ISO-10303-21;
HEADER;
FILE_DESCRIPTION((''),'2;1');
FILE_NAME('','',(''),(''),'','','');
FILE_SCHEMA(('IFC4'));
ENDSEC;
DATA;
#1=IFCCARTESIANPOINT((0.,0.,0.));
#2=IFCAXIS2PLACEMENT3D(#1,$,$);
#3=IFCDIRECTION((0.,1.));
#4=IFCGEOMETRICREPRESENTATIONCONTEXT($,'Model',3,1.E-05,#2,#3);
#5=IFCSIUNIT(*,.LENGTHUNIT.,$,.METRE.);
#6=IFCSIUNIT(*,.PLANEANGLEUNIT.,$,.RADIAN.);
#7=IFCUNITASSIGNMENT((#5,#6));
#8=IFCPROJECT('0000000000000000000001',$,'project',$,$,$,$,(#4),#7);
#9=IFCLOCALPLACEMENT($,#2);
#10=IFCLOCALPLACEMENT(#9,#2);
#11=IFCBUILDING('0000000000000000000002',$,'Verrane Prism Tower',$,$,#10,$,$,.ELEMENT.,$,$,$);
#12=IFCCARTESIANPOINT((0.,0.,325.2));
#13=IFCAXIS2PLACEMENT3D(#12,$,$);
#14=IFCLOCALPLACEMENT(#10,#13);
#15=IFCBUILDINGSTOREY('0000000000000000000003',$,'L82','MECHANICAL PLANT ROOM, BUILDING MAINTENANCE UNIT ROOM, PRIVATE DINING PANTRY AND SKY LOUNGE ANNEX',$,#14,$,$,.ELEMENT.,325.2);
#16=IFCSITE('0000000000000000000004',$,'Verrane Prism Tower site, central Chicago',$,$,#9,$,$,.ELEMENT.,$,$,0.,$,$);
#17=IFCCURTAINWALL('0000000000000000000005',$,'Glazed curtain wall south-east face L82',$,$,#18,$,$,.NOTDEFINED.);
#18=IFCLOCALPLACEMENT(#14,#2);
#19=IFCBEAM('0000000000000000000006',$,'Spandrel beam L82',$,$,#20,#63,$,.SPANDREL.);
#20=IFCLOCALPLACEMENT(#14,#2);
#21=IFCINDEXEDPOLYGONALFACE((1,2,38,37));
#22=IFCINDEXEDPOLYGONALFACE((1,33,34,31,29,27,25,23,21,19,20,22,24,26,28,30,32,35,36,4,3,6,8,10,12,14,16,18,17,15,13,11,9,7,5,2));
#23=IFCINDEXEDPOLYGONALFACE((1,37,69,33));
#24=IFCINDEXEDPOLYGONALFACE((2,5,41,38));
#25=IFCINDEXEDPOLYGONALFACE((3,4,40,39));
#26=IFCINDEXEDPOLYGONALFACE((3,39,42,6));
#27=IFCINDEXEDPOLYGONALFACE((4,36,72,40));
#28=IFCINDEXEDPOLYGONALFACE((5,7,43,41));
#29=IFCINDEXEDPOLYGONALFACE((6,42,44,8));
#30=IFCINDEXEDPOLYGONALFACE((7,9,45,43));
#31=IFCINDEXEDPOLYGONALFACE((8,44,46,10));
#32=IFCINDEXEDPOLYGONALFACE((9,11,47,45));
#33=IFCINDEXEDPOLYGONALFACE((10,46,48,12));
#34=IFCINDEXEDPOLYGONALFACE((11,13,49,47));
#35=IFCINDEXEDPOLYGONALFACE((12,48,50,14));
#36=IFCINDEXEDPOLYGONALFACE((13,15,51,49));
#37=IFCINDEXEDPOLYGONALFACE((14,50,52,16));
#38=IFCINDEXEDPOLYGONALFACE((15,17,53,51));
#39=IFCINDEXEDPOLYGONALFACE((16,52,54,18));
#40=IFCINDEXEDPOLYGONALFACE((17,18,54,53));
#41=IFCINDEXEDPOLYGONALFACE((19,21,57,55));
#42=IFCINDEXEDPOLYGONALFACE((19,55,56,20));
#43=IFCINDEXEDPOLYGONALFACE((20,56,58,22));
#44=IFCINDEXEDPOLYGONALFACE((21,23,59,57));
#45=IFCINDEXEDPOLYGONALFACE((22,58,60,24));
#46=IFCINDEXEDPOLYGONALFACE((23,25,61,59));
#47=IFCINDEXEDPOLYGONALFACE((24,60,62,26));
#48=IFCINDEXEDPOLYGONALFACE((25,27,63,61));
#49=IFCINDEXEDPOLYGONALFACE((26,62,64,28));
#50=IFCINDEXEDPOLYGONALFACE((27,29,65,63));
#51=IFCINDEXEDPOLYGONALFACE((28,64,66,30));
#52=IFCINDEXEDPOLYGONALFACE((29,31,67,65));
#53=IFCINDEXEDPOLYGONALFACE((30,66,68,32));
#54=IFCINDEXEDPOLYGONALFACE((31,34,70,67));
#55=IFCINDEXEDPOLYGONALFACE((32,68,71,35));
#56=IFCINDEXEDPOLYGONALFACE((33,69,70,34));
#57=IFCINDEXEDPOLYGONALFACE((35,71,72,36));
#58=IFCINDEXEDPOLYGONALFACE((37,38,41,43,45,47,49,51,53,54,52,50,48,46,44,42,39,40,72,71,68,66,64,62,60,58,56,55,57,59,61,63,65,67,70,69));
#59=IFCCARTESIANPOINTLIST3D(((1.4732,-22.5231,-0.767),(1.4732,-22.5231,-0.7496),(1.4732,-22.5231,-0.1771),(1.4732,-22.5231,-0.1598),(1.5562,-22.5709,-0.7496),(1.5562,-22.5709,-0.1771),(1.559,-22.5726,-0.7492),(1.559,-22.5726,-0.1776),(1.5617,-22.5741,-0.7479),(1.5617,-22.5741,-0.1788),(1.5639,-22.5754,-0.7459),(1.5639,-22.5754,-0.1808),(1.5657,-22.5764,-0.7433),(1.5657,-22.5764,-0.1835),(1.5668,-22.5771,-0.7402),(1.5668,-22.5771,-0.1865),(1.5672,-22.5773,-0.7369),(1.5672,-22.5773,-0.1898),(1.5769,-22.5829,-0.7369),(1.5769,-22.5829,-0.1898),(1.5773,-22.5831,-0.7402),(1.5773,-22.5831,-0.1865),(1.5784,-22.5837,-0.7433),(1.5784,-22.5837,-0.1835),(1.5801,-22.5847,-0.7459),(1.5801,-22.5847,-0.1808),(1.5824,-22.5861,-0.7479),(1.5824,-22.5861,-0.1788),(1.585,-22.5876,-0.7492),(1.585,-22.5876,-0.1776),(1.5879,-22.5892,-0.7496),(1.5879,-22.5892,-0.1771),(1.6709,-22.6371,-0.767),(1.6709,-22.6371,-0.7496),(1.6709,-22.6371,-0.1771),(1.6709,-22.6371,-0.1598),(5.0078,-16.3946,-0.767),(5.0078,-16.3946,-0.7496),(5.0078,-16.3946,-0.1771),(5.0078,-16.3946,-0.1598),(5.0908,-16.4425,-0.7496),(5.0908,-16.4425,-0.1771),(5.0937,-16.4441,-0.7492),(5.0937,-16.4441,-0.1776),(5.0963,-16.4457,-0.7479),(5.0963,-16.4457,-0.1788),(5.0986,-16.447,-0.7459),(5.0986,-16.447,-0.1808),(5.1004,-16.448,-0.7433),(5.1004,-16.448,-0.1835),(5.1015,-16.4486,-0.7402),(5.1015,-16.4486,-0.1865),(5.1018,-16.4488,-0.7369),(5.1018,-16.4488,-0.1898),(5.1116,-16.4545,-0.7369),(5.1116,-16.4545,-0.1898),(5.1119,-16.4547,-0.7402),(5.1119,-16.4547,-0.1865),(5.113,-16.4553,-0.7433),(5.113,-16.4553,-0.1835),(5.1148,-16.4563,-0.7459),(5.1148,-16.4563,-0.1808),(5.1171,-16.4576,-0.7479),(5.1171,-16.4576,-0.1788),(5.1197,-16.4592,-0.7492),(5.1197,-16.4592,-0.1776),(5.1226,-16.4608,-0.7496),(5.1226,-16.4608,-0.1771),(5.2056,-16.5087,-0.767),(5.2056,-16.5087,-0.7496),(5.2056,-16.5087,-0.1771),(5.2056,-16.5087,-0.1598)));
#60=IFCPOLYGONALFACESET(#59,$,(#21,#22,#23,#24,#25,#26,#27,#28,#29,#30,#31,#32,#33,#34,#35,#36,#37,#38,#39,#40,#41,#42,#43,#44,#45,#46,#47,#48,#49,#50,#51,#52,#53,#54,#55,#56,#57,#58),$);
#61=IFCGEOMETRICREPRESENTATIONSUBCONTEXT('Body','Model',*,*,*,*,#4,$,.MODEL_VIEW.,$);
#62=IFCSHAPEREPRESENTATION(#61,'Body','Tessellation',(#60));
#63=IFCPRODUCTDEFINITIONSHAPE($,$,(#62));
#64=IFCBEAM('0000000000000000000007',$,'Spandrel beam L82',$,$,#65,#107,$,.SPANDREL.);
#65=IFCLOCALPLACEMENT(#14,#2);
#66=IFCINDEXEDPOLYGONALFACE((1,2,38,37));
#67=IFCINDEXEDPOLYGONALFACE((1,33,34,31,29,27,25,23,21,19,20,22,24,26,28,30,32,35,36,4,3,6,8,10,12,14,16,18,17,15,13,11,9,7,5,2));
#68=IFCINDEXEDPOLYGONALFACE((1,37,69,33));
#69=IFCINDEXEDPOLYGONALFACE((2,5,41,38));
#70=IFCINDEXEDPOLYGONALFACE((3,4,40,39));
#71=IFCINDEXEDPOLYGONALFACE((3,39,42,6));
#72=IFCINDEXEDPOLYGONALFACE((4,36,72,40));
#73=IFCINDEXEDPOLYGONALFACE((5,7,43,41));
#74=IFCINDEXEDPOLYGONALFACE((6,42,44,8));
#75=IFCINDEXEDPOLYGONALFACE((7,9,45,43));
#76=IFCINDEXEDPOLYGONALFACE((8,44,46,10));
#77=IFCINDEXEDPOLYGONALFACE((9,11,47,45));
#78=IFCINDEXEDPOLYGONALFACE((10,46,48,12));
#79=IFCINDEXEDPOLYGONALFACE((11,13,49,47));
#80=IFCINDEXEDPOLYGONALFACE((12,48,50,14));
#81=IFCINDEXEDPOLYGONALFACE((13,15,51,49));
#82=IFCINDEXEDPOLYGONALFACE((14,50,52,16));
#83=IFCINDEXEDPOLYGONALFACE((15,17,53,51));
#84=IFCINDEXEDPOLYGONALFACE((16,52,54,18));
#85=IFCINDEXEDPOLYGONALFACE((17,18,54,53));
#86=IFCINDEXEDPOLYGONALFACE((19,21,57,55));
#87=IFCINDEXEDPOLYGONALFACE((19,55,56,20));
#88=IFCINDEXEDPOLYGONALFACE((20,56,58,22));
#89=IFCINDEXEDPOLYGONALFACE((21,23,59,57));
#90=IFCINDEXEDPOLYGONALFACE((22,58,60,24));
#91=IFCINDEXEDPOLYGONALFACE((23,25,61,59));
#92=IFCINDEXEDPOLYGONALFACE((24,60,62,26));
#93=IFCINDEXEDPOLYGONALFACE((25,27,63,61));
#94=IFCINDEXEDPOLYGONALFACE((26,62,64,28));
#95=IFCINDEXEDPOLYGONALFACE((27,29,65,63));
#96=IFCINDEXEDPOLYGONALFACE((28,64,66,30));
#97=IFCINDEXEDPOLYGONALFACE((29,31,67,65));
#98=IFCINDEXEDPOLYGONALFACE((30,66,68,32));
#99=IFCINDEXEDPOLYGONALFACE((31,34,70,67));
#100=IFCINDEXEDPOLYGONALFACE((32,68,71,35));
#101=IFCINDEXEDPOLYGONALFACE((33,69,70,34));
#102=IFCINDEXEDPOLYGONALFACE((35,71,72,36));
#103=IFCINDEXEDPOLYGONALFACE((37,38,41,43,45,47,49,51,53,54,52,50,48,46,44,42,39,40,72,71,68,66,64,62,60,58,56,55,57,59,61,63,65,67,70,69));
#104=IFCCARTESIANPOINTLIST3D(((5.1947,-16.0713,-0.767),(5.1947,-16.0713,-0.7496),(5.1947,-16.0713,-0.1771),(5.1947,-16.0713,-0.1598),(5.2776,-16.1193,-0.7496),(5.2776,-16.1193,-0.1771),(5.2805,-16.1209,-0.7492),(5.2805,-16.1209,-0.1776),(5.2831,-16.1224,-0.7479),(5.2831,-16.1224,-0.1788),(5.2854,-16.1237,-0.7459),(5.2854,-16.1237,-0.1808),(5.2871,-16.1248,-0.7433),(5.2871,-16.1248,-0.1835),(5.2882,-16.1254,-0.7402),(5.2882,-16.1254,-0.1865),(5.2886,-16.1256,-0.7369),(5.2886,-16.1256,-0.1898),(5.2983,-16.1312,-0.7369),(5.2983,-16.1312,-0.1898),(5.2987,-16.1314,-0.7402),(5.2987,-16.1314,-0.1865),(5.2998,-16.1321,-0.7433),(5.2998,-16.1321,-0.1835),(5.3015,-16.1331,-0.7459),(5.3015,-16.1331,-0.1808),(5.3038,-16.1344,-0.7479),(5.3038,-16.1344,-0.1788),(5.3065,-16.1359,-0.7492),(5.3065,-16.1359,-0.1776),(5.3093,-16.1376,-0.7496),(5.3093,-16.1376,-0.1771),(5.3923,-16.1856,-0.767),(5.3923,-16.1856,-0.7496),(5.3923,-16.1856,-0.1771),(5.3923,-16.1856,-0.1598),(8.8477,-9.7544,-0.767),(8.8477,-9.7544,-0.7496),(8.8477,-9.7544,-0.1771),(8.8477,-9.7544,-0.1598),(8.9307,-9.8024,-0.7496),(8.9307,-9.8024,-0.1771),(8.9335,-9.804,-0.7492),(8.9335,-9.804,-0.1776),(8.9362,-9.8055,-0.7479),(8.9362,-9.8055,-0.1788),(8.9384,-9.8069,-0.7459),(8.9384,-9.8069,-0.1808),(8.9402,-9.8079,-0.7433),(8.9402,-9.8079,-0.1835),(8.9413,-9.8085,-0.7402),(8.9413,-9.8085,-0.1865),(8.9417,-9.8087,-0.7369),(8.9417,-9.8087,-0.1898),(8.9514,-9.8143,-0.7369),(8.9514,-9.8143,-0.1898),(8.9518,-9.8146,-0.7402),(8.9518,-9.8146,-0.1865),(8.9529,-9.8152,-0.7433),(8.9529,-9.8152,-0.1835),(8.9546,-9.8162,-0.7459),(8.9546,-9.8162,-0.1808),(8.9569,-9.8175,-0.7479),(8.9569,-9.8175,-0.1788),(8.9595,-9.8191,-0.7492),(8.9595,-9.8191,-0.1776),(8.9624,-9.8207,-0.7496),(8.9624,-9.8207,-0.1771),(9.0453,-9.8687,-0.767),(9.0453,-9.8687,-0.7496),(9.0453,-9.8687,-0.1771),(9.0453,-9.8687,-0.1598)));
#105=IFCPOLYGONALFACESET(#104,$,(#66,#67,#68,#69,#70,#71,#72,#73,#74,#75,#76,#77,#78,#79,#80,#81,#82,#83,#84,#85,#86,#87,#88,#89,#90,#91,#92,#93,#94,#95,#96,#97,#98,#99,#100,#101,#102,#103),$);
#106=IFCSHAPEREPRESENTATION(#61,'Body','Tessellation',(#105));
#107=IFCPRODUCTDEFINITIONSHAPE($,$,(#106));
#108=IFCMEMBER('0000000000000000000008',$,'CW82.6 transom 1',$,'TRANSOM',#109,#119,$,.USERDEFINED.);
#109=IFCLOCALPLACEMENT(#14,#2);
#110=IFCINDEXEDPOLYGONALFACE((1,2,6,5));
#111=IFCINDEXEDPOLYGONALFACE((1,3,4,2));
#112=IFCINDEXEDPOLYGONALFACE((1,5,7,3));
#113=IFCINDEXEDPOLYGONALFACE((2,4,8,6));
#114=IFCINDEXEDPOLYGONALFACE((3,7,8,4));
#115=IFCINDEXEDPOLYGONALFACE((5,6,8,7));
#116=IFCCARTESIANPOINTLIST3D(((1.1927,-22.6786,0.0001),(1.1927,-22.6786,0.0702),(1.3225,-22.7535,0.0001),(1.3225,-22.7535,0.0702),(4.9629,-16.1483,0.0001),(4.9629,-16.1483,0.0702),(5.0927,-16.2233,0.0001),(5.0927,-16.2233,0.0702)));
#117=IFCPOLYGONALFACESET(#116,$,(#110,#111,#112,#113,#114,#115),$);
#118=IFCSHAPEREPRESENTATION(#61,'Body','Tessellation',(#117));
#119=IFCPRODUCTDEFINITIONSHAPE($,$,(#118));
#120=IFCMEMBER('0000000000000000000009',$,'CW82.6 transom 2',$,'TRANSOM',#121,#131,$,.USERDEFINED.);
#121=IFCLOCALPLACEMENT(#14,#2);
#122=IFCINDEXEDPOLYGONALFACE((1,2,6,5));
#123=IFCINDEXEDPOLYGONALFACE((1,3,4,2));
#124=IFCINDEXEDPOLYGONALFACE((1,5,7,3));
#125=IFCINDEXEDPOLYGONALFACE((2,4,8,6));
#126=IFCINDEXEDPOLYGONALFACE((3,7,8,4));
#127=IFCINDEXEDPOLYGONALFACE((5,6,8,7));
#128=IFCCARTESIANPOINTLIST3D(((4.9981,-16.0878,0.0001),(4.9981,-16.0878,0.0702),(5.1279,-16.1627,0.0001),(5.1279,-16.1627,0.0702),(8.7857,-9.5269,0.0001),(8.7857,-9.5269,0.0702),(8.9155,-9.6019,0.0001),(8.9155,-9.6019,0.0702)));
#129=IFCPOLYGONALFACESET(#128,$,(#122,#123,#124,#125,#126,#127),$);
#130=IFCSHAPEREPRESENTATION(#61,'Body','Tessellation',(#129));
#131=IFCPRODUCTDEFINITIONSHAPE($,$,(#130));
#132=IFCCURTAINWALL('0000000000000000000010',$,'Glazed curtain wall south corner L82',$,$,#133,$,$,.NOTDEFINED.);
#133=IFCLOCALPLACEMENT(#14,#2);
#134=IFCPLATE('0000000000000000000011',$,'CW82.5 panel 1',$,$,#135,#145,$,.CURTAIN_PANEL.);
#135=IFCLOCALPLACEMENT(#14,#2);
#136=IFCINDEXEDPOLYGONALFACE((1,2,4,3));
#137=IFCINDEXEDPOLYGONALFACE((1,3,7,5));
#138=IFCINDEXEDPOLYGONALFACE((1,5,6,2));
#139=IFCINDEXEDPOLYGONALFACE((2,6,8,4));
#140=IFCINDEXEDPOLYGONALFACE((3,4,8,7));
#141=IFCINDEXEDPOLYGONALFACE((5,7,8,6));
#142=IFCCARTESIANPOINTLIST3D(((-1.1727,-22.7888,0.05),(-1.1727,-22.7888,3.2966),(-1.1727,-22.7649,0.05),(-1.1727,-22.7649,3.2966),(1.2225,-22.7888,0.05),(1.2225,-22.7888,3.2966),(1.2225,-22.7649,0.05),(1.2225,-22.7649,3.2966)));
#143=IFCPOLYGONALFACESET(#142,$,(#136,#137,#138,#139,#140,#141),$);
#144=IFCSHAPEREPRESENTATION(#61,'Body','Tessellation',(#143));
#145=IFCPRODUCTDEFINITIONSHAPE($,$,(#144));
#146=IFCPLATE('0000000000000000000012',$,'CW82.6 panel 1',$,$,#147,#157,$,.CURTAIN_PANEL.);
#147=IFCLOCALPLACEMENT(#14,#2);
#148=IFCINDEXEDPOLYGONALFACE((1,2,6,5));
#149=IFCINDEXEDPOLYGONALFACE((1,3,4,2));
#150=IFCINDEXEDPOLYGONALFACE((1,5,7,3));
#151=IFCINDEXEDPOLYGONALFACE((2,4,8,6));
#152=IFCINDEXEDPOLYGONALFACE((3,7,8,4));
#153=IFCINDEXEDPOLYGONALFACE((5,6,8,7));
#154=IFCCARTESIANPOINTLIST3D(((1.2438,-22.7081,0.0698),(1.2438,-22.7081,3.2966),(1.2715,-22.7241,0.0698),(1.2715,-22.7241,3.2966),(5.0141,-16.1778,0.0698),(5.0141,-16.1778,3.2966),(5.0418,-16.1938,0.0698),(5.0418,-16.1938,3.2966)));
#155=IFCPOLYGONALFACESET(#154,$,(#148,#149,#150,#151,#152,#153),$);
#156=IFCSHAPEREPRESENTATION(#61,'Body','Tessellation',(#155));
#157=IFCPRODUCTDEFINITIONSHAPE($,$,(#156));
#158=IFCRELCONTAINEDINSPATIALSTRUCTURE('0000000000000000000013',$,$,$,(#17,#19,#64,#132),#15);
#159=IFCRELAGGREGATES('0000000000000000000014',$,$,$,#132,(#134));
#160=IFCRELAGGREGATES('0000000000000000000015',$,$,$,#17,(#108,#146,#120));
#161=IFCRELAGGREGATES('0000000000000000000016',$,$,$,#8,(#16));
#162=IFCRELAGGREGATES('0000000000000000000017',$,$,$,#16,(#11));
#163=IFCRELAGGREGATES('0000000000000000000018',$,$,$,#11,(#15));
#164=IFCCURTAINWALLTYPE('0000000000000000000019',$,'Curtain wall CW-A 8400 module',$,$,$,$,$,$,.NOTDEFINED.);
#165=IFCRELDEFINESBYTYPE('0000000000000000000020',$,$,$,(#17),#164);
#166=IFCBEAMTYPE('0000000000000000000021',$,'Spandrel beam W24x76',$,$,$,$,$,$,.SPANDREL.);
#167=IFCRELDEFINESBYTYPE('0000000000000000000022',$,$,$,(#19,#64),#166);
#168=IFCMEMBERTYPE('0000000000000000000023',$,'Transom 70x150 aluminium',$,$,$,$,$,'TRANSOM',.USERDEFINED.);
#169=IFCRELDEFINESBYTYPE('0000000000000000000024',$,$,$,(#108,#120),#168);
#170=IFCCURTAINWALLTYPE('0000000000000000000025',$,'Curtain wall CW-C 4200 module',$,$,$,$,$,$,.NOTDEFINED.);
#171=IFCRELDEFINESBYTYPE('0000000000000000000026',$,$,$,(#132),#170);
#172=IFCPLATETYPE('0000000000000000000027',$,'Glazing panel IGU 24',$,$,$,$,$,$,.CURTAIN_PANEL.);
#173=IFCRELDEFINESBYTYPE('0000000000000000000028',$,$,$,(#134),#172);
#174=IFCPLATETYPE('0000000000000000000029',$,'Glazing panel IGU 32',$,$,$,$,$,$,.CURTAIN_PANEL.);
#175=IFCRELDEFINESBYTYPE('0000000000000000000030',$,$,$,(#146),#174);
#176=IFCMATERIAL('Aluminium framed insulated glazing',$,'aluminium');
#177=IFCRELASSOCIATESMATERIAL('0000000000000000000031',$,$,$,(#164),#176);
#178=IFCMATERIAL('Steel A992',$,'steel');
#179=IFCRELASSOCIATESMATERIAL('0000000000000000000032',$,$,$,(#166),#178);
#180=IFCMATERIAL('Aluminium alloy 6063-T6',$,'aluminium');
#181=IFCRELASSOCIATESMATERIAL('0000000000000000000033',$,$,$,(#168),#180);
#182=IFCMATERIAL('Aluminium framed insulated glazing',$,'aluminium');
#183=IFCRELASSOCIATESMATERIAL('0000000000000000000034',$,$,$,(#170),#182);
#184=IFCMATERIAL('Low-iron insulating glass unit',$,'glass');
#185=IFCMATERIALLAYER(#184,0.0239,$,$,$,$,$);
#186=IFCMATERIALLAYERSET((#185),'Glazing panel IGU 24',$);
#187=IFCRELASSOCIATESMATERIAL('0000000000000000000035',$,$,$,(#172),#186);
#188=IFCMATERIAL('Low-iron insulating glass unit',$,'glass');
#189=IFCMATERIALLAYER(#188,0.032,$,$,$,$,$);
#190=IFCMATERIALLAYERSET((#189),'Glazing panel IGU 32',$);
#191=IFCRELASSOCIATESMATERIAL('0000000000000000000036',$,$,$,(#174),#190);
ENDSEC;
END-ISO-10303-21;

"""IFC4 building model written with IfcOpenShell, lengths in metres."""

from ifc_helpers import new_model, si_unit, direction, frame, origin, origin_2d, place, context, subcontext, project, spatial, rectangle, i_section, extrude, material, layer, layer_set, material_profile, profile_set, type_object, element, aggregate, save


model = new_model("IFC4")

# Units and contexts
model_context = context("Model", 3, precision=1e-05, world=origin(), true_north=direction((0.0, 1.0)))
body_context = subcontext(model_context, "Body", "Model", "MODEL_VIEW")
ifc_project = project(units=[si_unit("LENGTHUNIT", "METRE"), si_unit("PLANEANGLEUNIT", "RADIAN")], contexts=[model_context])

# Site, building, storey
site_placement = place(None, origin())
site = spatial("IfcSite", under=ifc_project, at=site_placement, Name="Verrane Prism Tower site, central Chicago", CompositionType="ELEMENT", RefElevation=0.0)
building_placement = place(site_placement, origin())
building = spatial("IfcBuilding", under=site, at=building_placement, Name="Verrane Prism Tower", CompositionType="ELEMENT")
storey_placement = place(building_placement, frame((0.0, 0.0, 325.2)))
storey = spatial("IfcBuildingStorey", under=building, at=storey_placement, Name="L82", Description="MECHANICAL PLANT ROOM, BUILDING MAINTENANCE UNIT ROOM, PRIVATE DINING PANTRY AND SKY LOUNGE ANNEX", CompositionType="ELEMENT", Elevation=325.2)

# Curtain wall
ifc_material_1 = material(Name="Aluminium framed insulated glazing", Category="aluminium")
curtain_wall_type_1 = type_object("IfcCurtainWallType", Name="Curtain wall CW-A 8400 module", PredefinedType="NOTDEFINED", material=ifc_material_1)
curtain_wall_1_placement = place(storey_placement, origin())
curtain_wall_1 = element("IfcCurtainWall", 1, at=curtain_wall_1_placement, inside=storey, type_object=curtain_wall_type_1, Name="Glazed curtain wall south-east face L82", PredefinedType="NOTDEFINED")

# Beams
ifc_material_2 = material(Name="Steel A992", Category="steel")
ifc_material_profile_1 = material_profile(ifc_material_2, i_section(OverallWidth=0.2283, OverallDepth=0.6072, WebThickness=0.0112, FlangeThickness=0.0173, FilletRadius=0.0127, at=origin_2d()), Name="W24x76")
ifc_profile_set_1 = profile_set([ifc_material_profile_1], Name="Steel A992")
beam_type_1 = type_object("IfcBeamType", Name="Spandrel beam W24x76", PredefinedType="SPANDREL", material=ifc_profile_set_1)
beam_1_placement = place(storey_placement, frame((1.572, -22.5801, -0.4634), z_axis=(0.499621, 0.866244, 0.0), x_axis=(-0.866244, 0.499621, 0.0)))
element("IfcBeam", 2, at=beam_1_placement, inside=storey, type_object=beam_type_1, Name="Spandrel beam L82", PredefinedType="SPANDREL", context=body_context, shape_type="SweptSolid", body=[
    extrude(i_section(OverallWidth=0.2283, OverallDepth=0.6072, WebThickness=0.0112, FlangeThickness=0.0173, FilletRadius=0.0127, at=origin_2d()), origin(), (0.0, 0.0, 1.0), 7.0747),
])
beam_2_placement = place(storey_placement, frame((5.2935, -16.1284, -0.4634), z_axis=(0.500618, 0.865668, 0.0), x_axis=(-0.865668, 0.500618, 0.0)))
element("IfcBeam", 3, at=beam_2_placement, inside=storey, type_object=beam_type_1, Name="Spandrel beam L82", PredefinedType="SPANDREL", context=body_context, shape_type="SweptSolid", body=[
    extrude(i_section(OverallWidth=0.2283, OverallDepth=0.6072, WebThickness=0.0112, FlangeThickness=0.0173, FilletRadius=0.0127, at=origin_2d()), origin(), (0.0, 0.0, 1.0), 7.2971),
])

# Members
ifc_material_3 = material(Name="Aluminium alloy 6063-T6", Category="aluminium")
ifc_material_profile_2 = material_profile(ifc_material_3, rectangle(XDim=0.1499, YDim=0.0701, at=origin_2d()), Name="Transom 70x150 aluminium")
ifc_profile_set_2 = profile_set([ifc_material_profile_2], Name="Aluminium alloy 6063-T6")
member_type_1 = type_object("IfcMemberType", Name="Transom 70x150 aluminium", ElementType="TRANSOM", PredefinedType="USERDEFINED", material=ifc_profile_set_2)
member_1_placement = place(storey_placement, frame((1.2576, -22.7161, 0.0352), z_axis=(0.500001, 0.866025, 0.0), x_axis=(-0.866025, 0.500001, 0.0)))
member_1 = element("IfcMember", 4, at=member_1_placement, type_object=member_type_1, Name="CW82.6 transom 1", ObjectType="TRANSOM", PredefinedType="USERDEFINED", context=body_context, shape_type="SweptSolid", body=[
    extrude(rectangle(XDim=0.1499, YDim=0.0701, at=origin_2d()), origin(), (0.0, 0.0, 1.0), 7.5405),
])
member_2_placement = place(storey_placement, frame((5.063, -16.1252, 0.0352), z_axis=(0.499973, 0.866041, 0.0), x_axis=(-0.866041, 0.499973, 0.0)))
member_2 = element("IfcMember", 5, at=member_2_placement, type_object=member_type_1, Name="CW82.6 transom 2", ObjectType="TRANSOM", PredefinedType="USERDEFINED", context=body_context, shape_type="SweptSolid", body=[
    extrude(rectangle(XDim=0.1499, YDim=0.0701, at=origin_2d()), origin(), (0.0, 0.0, 1.0), 7.5757),
])

# Curtain wall, plate
ifc_material_4 = material(Name="Aluminium framed insulated glazing", Category="aluminium")
curtain_wall_type_2 = type_object("IfcCurtainWallType", Name="Curtain wall CW-C 4200 module", PredefinedType="NOTDEFINED", material=ifc_material_4)
curtain_wall_2_placement = place(storey_placement, origin())
curtain_wall_2 = element("IfcCurtainWall", 6, at=curtain_wall_2_placement, inside=storey, type_object=curtain_wall_type_2, Name="Glazed curtain wall south corner L82", PredefinedType="NOTDEFINED")
ifc_material_5 = material(Name="Low-iron insulating glass unit", Category="glass")
ifc_layer_1 = layer(ifc_material_5, 0.0239)
ifc_layer_set_1 = layer_set([ifc_layer_1], Name="Glazing panel IGU 24")
plate_type_1 = type_object("IfcPlateType", Name="Glazing panel IGU 24", PredefinedType="CURTAIN_PANEL", material=ifc_layer_set_1)
plate_1_placement = place(storey_placement, frame((0.0249, -22.7769, 0.05), z_axis=(0.0, 0.0, 1.0), x_axis=(1.0, 0.0, 0.0)))
plate_1 = element("IfcPlate", 7, at=plate_1_placement, type_object=plate_type_1, Name="CW82.5 panel 1", PredefinedType="CURTAIN_PANEL", context=body_context, shape_type="SweptSolid", body=[
    extrude(rectangle(XDim=2.3953, YDim=0.0239, at=origin_2d()), origin(), (0.0, 0.0, 1.0), 3.2466),
])
aggregate(curtain_wall_2, [plate_1])

# Plate
ifc_material_6 = material(Name="Low-iron insulating glass unit", Category="glass")
ifc_layer_2 = layer(ifc_material_6, 0.032)
ifc_layer_set_2 = layer_set([ifc_layer_2], Name="Glazing panel IGU 32")
plate_type_2 = type_object("IfcPlateType", Name="Glazing panel IGU 32", PredefinedType="CURTAIN_PANEL", material=ifc_layer_set_2)
plate_2_placement = place(storey_placement, frame((3.1428, -19.4509, 0.0698), z_axis=(0.0, 0.0, 1.0), x_axis=(0.5, 0.866025, 0.0)))
plate_2 = element("IfcPlate", 8, at=plate_2_placement, type_object=plate_type_2, Name="CW82.6 panel 1", PredefinedType="CURTAIN_PANEL", context=body_context, shape_type="SweptSolid", body=[
    extrude(rectangle(XDim=7.5405, YDim=0.032, at=origin_2d()), origin(), (0.0, 0.0, 1.0), 3.2268),
])
aggregate(curtain_wall_1, [member_1, plate_2, member_2])

save(model, "model.ifc")
